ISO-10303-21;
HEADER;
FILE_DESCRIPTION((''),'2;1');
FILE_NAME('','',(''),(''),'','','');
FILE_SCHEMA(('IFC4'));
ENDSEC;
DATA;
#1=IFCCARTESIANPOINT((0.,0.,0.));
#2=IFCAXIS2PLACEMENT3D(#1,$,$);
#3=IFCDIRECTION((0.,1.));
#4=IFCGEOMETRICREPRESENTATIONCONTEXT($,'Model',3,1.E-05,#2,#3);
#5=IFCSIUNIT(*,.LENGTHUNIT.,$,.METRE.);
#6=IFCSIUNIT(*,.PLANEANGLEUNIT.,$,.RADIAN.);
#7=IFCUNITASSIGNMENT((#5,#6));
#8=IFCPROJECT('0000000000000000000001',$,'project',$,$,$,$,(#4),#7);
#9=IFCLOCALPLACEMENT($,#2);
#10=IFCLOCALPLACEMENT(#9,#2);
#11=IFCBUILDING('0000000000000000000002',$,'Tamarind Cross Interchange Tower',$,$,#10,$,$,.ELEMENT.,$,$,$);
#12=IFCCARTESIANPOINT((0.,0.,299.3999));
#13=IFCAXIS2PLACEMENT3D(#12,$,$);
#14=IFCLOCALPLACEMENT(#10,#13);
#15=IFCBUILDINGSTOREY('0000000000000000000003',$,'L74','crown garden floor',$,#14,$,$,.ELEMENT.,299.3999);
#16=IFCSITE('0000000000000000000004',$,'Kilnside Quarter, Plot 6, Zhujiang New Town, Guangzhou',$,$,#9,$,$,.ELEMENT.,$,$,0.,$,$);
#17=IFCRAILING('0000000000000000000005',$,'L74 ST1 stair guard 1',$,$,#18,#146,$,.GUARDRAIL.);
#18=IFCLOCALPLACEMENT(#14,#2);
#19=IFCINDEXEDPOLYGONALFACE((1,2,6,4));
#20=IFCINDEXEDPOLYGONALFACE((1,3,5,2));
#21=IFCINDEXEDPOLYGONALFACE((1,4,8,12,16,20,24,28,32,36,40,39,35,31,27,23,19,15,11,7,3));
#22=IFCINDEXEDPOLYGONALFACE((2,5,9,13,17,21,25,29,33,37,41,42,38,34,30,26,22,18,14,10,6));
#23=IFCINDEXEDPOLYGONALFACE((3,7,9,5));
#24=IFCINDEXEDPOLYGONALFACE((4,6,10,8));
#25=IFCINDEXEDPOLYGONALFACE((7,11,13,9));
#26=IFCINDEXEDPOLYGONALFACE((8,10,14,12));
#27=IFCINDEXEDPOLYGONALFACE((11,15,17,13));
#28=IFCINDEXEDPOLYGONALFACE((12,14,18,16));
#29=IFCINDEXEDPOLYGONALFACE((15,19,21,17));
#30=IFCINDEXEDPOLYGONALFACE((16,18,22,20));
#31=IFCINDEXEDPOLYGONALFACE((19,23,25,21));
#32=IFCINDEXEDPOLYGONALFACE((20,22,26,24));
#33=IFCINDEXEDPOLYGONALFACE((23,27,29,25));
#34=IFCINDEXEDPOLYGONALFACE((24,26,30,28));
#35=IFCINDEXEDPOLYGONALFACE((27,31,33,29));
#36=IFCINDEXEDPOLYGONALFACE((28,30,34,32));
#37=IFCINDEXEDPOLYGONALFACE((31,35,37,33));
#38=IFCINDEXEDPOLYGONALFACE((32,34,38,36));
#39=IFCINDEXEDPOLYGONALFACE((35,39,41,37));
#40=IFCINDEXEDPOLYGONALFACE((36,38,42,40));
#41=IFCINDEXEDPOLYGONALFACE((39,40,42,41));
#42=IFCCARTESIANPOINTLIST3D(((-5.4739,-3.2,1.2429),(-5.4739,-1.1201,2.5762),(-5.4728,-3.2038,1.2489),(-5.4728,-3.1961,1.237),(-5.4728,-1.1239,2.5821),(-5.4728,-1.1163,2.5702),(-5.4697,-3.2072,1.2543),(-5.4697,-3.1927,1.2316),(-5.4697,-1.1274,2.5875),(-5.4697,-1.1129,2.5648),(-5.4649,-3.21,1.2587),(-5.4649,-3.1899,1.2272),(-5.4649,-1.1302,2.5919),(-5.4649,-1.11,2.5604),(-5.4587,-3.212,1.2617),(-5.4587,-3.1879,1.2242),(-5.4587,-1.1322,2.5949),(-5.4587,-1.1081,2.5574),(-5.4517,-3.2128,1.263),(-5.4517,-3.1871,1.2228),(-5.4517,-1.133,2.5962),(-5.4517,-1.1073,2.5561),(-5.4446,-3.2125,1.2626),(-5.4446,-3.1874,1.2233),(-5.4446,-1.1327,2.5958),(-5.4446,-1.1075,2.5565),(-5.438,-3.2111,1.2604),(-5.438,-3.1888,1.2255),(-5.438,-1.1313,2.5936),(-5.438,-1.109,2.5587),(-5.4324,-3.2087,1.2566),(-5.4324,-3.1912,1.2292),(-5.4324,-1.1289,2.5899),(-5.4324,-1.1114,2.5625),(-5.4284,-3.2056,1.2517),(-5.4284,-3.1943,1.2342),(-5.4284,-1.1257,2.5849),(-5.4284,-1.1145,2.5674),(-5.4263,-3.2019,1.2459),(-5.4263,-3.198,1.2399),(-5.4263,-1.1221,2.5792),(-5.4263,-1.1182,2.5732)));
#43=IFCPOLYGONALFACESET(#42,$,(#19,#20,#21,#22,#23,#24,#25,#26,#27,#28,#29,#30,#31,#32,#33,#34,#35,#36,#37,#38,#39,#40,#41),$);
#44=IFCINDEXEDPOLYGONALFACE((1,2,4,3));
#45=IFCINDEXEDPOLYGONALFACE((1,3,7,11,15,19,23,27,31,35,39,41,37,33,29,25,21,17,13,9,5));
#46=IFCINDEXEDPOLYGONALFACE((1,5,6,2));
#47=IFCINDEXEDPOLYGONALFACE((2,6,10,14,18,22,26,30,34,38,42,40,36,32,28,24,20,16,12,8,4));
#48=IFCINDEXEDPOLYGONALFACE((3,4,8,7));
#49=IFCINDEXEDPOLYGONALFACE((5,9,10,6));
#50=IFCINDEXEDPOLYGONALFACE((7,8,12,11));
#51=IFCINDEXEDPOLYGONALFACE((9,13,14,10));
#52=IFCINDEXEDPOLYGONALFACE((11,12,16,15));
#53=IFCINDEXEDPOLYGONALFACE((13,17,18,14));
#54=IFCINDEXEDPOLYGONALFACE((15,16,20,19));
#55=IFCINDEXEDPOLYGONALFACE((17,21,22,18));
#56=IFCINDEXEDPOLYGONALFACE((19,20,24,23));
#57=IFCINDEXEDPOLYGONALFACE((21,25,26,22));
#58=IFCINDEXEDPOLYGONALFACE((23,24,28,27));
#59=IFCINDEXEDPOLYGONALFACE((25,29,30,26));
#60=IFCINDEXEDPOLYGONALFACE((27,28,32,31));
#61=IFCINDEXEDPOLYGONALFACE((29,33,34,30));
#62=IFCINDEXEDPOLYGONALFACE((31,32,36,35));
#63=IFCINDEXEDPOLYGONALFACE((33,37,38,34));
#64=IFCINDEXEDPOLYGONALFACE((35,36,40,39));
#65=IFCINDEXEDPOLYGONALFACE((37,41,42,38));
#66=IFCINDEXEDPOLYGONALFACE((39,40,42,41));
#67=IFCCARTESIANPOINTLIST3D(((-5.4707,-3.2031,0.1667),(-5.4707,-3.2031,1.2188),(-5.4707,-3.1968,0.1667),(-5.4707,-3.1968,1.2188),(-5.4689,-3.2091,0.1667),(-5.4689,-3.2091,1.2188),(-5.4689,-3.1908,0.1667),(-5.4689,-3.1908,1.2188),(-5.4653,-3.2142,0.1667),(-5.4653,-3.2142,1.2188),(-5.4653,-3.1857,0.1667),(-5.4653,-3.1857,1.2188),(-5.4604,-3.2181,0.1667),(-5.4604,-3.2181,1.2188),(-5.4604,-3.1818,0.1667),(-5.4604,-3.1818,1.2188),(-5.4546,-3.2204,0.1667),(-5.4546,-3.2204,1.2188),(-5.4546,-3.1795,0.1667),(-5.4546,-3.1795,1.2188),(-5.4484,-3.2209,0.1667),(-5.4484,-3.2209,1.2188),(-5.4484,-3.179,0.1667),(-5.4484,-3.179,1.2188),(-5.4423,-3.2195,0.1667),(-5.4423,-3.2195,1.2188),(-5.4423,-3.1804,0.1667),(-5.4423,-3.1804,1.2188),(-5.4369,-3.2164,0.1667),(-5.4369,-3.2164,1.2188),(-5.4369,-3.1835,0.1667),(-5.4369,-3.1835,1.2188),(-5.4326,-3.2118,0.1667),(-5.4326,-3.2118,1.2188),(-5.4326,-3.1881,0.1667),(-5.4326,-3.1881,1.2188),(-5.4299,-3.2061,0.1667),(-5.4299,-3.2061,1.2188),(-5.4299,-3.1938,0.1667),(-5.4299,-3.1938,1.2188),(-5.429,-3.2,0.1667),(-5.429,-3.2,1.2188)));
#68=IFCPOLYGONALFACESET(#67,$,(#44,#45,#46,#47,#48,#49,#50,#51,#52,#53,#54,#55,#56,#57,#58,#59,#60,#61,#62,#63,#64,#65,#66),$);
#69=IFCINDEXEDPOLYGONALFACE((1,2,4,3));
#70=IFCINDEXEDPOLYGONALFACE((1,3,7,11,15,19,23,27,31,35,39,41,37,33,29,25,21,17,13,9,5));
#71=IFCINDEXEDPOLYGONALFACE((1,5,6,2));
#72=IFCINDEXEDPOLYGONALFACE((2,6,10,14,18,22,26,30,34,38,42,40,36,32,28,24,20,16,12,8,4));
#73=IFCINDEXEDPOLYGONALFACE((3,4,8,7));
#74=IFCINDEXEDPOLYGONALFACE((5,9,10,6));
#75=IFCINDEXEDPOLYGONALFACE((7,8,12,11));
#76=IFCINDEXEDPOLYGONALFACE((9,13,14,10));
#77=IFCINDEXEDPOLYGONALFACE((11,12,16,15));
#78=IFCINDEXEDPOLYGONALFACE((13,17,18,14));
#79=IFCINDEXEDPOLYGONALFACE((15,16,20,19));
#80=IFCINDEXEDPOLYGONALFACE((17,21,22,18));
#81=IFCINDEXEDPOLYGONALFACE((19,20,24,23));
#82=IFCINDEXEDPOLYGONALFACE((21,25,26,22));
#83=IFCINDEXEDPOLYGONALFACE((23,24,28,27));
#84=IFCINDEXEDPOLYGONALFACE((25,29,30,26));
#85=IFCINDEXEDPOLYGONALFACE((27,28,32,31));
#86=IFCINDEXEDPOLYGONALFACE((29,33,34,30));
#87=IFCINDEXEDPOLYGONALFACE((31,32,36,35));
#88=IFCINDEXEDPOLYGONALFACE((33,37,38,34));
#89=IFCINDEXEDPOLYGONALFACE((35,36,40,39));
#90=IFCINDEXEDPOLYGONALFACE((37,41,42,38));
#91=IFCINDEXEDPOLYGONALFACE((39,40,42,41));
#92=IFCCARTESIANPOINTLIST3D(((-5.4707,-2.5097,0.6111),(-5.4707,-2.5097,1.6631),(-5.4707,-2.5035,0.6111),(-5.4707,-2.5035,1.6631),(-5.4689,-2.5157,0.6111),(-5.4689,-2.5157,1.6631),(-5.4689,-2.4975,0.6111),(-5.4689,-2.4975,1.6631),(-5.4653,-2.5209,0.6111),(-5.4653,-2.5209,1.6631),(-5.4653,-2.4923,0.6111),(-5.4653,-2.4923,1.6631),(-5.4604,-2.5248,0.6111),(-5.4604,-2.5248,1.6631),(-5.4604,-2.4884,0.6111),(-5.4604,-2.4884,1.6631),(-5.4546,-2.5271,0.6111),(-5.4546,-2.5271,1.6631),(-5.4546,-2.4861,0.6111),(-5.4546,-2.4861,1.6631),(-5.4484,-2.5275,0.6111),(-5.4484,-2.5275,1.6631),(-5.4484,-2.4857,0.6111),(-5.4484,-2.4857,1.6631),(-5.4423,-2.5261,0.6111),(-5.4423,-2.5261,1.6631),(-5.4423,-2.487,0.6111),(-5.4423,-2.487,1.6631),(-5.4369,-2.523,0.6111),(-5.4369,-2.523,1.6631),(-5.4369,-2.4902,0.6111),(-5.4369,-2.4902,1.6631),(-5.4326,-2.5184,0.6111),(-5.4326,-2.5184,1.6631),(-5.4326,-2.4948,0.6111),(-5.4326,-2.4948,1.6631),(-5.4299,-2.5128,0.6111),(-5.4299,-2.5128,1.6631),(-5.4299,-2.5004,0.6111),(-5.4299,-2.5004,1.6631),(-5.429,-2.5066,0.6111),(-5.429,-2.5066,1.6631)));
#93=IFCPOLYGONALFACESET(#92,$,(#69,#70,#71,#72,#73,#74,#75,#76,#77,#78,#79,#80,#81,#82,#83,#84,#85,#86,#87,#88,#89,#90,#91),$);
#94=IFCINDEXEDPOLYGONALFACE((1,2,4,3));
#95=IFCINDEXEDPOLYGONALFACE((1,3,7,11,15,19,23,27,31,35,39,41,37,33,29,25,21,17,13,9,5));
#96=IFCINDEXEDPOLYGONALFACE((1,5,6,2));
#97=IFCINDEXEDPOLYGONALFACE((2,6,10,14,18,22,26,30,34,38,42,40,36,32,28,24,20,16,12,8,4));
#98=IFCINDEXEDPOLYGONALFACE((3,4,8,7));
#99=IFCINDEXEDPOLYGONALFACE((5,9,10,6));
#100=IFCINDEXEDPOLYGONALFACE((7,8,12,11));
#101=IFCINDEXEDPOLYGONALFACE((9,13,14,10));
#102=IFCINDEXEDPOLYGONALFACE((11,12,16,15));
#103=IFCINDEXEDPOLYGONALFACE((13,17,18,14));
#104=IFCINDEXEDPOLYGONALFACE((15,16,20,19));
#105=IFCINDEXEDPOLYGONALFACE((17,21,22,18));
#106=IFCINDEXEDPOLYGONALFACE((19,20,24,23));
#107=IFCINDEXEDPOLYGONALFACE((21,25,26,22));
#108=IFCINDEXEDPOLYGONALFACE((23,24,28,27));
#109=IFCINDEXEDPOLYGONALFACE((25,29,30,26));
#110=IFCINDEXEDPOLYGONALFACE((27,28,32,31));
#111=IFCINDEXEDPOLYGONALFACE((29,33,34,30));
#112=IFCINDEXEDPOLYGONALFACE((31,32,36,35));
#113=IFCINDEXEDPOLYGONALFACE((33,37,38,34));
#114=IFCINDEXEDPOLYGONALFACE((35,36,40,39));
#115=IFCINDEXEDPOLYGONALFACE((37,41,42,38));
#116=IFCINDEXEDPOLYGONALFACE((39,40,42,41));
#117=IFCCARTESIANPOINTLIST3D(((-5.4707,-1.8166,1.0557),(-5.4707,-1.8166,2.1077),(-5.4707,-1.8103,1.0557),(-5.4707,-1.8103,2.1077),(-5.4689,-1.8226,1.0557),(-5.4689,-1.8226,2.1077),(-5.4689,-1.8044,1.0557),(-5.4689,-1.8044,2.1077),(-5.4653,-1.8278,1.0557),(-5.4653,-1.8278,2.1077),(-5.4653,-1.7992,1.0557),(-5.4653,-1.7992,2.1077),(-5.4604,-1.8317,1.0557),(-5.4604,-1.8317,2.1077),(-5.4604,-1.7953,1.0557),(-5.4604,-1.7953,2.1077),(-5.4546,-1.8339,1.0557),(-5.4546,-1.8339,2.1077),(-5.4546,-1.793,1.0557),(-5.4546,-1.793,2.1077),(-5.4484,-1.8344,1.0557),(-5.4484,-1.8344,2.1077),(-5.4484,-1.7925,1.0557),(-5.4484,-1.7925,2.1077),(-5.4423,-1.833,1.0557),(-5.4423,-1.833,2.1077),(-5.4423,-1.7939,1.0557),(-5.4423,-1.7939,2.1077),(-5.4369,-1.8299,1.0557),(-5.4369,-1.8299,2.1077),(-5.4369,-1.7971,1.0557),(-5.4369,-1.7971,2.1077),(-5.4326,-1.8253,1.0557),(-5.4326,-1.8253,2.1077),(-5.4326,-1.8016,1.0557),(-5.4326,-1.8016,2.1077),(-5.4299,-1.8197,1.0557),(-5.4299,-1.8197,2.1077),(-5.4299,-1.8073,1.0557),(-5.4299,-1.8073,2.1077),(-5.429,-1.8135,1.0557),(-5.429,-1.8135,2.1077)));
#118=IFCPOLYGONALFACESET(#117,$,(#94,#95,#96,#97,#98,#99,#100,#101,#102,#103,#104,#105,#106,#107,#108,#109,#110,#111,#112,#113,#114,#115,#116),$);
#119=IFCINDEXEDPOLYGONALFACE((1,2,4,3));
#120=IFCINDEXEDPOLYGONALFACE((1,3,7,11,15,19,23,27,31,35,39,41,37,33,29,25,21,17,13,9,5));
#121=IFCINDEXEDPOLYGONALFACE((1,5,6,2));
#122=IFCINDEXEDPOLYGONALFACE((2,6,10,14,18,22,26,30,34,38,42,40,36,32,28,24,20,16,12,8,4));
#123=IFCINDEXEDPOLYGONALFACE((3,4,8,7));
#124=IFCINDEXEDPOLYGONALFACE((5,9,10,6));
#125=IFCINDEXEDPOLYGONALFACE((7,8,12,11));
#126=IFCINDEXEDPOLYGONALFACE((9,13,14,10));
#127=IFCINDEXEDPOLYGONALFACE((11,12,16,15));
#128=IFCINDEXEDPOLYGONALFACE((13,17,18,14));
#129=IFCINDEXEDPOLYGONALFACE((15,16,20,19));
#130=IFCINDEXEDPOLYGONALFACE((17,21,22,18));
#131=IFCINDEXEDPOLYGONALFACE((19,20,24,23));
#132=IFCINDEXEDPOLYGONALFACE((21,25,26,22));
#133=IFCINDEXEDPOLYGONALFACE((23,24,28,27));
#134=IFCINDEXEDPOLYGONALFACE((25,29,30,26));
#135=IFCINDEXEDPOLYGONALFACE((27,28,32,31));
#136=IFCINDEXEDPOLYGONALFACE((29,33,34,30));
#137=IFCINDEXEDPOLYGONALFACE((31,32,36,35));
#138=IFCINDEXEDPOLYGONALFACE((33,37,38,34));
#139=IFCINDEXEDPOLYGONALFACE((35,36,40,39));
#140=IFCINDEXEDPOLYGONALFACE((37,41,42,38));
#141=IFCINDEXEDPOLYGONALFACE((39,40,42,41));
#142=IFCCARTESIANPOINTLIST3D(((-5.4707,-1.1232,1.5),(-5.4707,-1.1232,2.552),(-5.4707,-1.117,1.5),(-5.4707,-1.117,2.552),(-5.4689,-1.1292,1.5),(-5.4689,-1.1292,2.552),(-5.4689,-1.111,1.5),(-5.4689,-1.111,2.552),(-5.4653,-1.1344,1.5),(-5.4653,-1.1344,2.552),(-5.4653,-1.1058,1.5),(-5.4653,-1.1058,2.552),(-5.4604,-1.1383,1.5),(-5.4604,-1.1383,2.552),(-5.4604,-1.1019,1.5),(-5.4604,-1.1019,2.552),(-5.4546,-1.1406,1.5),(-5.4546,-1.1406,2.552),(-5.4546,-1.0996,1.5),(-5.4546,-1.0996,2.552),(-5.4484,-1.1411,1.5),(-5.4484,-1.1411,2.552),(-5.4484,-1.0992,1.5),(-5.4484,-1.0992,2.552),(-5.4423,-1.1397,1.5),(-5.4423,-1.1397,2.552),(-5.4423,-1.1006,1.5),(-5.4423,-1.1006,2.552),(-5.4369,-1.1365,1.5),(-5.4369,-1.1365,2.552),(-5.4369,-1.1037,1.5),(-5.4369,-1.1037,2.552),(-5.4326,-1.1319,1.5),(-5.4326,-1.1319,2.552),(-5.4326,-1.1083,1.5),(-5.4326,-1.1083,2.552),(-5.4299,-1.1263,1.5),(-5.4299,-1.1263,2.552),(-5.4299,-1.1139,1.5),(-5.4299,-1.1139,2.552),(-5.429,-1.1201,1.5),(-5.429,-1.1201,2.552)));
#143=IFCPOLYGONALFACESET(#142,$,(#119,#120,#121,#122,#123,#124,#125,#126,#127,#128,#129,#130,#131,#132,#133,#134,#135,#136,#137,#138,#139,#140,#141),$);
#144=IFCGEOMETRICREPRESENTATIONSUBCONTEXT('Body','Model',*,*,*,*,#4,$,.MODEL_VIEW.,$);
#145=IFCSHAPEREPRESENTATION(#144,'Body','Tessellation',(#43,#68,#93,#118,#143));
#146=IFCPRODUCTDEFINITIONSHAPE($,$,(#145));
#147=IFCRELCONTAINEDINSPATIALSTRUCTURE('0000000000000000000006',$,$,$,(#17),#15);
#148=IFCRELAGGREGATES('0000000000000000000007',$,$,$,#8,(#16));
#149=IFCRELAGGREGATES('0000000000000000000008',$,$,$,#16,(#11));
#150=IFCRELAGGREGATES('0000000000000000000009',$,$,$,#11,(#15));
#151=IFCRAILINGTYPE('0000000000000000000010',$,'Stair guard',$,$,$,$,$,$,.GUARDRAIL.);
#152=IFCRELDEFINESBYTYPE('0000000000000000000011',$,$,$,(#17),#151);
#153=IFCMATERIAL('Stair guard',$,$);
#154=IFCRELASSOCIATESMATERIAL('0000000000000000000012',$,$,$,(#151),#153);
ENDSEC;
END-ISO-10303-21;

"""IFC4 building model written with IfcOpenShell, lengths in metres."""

from ifc_helpers import new_model, si_unit, direction, frame, origin, origin_2d, place, context, subcontext, project, spatial, circle, extrude, material, type_object, element, save


model = new_model("IFC4")

# Units and contexts
model_context = context("Model", 3, precision=1e-05, world=origin(), true_north=direction((0.0, 1.0)))
body_context = subcontext(model_context, "Body", "Model", "MODEL_VIEW")
ifc_project = project(units=[si_unit("LENGTHUNIT", "METRE"), si_unit("PLANEANGLEUNIT", "RADIAN")], contexts=[model_context])

# Site, building, storey
site_placement = place(None, origin())
site = spatial("IfcSite", under=ifc_project, at=site_placement, Name="Kilnside Quarter, Plot 6, Zhujiang New Town, Guangzhou", CompositionType="ELEMENT", RefElevation=0.0)
building_placement = place(site_placement, origin())
building = spatial("IfcBuilding", under=site, at=building_placement, Name="Tamarind Cross Interchange Tower", CompositionType="ELEMENT")
storey_placement = place(building_placement, frame((0.0, 0.0, 299.3999)))
storey = spatial("IfcBuildingStorey", under=building, at=storey_placement, Name="L74", Description="crown garden floor", CompositionType="ELEMENT", Elevation=299.3999)

# Railing
ifc_material_1 = material(Name="Stair guard")
railing_type_1 = type_object("IfcRailingType", Name="Stair guard", PredefinedType="GUARDRAIL", material=ifc_material_1)
railing_1_placement = place(storey_placement, frame((-5.45, -3.2, 0.1667)))
element("IfcRailing", 1, at=railing_1_placement, inside=storey, type_object=railing_type_1, Name="L74 ST1 stair guard 1", PredefinedType="GUARDRAIL", context=body_context, shape_type="SweptSolid", body=[
    extrude(circle(Radius=0.0239, at=origin_2d()), frame((0.0, 0.0, 1.0762), z_axis=(0.0, 0.841875, 0.539673), x_axis=(-1.0, 0.0, 0.0)), (0.0, 0.0, 1.0), 2.4705),
    extrude(circle(Radius=0.021, at=origin_2d()), origin(), (0.0, 0.0, 1.0), 1.052),
    extrude(circle(Radius=0.021, at=origin_2d()), frame((0.0, 0.6934, 0.4443)), (0.0, 0.0, 1.0), 1.052),
    extrude(circle(Radius=0.021, at=origin_2d()), frame((0.0, 1.3865, 0.8889)), (0.0, 0.0, 1.0), 1.052),
    extrude(circle(Radius=0.021, at=origin_2d()), frame((0.0, 2.0798, 1.3333)), (0.0, 0.0, 1.0), 1.052),
])

save(model, "model.ifc")
